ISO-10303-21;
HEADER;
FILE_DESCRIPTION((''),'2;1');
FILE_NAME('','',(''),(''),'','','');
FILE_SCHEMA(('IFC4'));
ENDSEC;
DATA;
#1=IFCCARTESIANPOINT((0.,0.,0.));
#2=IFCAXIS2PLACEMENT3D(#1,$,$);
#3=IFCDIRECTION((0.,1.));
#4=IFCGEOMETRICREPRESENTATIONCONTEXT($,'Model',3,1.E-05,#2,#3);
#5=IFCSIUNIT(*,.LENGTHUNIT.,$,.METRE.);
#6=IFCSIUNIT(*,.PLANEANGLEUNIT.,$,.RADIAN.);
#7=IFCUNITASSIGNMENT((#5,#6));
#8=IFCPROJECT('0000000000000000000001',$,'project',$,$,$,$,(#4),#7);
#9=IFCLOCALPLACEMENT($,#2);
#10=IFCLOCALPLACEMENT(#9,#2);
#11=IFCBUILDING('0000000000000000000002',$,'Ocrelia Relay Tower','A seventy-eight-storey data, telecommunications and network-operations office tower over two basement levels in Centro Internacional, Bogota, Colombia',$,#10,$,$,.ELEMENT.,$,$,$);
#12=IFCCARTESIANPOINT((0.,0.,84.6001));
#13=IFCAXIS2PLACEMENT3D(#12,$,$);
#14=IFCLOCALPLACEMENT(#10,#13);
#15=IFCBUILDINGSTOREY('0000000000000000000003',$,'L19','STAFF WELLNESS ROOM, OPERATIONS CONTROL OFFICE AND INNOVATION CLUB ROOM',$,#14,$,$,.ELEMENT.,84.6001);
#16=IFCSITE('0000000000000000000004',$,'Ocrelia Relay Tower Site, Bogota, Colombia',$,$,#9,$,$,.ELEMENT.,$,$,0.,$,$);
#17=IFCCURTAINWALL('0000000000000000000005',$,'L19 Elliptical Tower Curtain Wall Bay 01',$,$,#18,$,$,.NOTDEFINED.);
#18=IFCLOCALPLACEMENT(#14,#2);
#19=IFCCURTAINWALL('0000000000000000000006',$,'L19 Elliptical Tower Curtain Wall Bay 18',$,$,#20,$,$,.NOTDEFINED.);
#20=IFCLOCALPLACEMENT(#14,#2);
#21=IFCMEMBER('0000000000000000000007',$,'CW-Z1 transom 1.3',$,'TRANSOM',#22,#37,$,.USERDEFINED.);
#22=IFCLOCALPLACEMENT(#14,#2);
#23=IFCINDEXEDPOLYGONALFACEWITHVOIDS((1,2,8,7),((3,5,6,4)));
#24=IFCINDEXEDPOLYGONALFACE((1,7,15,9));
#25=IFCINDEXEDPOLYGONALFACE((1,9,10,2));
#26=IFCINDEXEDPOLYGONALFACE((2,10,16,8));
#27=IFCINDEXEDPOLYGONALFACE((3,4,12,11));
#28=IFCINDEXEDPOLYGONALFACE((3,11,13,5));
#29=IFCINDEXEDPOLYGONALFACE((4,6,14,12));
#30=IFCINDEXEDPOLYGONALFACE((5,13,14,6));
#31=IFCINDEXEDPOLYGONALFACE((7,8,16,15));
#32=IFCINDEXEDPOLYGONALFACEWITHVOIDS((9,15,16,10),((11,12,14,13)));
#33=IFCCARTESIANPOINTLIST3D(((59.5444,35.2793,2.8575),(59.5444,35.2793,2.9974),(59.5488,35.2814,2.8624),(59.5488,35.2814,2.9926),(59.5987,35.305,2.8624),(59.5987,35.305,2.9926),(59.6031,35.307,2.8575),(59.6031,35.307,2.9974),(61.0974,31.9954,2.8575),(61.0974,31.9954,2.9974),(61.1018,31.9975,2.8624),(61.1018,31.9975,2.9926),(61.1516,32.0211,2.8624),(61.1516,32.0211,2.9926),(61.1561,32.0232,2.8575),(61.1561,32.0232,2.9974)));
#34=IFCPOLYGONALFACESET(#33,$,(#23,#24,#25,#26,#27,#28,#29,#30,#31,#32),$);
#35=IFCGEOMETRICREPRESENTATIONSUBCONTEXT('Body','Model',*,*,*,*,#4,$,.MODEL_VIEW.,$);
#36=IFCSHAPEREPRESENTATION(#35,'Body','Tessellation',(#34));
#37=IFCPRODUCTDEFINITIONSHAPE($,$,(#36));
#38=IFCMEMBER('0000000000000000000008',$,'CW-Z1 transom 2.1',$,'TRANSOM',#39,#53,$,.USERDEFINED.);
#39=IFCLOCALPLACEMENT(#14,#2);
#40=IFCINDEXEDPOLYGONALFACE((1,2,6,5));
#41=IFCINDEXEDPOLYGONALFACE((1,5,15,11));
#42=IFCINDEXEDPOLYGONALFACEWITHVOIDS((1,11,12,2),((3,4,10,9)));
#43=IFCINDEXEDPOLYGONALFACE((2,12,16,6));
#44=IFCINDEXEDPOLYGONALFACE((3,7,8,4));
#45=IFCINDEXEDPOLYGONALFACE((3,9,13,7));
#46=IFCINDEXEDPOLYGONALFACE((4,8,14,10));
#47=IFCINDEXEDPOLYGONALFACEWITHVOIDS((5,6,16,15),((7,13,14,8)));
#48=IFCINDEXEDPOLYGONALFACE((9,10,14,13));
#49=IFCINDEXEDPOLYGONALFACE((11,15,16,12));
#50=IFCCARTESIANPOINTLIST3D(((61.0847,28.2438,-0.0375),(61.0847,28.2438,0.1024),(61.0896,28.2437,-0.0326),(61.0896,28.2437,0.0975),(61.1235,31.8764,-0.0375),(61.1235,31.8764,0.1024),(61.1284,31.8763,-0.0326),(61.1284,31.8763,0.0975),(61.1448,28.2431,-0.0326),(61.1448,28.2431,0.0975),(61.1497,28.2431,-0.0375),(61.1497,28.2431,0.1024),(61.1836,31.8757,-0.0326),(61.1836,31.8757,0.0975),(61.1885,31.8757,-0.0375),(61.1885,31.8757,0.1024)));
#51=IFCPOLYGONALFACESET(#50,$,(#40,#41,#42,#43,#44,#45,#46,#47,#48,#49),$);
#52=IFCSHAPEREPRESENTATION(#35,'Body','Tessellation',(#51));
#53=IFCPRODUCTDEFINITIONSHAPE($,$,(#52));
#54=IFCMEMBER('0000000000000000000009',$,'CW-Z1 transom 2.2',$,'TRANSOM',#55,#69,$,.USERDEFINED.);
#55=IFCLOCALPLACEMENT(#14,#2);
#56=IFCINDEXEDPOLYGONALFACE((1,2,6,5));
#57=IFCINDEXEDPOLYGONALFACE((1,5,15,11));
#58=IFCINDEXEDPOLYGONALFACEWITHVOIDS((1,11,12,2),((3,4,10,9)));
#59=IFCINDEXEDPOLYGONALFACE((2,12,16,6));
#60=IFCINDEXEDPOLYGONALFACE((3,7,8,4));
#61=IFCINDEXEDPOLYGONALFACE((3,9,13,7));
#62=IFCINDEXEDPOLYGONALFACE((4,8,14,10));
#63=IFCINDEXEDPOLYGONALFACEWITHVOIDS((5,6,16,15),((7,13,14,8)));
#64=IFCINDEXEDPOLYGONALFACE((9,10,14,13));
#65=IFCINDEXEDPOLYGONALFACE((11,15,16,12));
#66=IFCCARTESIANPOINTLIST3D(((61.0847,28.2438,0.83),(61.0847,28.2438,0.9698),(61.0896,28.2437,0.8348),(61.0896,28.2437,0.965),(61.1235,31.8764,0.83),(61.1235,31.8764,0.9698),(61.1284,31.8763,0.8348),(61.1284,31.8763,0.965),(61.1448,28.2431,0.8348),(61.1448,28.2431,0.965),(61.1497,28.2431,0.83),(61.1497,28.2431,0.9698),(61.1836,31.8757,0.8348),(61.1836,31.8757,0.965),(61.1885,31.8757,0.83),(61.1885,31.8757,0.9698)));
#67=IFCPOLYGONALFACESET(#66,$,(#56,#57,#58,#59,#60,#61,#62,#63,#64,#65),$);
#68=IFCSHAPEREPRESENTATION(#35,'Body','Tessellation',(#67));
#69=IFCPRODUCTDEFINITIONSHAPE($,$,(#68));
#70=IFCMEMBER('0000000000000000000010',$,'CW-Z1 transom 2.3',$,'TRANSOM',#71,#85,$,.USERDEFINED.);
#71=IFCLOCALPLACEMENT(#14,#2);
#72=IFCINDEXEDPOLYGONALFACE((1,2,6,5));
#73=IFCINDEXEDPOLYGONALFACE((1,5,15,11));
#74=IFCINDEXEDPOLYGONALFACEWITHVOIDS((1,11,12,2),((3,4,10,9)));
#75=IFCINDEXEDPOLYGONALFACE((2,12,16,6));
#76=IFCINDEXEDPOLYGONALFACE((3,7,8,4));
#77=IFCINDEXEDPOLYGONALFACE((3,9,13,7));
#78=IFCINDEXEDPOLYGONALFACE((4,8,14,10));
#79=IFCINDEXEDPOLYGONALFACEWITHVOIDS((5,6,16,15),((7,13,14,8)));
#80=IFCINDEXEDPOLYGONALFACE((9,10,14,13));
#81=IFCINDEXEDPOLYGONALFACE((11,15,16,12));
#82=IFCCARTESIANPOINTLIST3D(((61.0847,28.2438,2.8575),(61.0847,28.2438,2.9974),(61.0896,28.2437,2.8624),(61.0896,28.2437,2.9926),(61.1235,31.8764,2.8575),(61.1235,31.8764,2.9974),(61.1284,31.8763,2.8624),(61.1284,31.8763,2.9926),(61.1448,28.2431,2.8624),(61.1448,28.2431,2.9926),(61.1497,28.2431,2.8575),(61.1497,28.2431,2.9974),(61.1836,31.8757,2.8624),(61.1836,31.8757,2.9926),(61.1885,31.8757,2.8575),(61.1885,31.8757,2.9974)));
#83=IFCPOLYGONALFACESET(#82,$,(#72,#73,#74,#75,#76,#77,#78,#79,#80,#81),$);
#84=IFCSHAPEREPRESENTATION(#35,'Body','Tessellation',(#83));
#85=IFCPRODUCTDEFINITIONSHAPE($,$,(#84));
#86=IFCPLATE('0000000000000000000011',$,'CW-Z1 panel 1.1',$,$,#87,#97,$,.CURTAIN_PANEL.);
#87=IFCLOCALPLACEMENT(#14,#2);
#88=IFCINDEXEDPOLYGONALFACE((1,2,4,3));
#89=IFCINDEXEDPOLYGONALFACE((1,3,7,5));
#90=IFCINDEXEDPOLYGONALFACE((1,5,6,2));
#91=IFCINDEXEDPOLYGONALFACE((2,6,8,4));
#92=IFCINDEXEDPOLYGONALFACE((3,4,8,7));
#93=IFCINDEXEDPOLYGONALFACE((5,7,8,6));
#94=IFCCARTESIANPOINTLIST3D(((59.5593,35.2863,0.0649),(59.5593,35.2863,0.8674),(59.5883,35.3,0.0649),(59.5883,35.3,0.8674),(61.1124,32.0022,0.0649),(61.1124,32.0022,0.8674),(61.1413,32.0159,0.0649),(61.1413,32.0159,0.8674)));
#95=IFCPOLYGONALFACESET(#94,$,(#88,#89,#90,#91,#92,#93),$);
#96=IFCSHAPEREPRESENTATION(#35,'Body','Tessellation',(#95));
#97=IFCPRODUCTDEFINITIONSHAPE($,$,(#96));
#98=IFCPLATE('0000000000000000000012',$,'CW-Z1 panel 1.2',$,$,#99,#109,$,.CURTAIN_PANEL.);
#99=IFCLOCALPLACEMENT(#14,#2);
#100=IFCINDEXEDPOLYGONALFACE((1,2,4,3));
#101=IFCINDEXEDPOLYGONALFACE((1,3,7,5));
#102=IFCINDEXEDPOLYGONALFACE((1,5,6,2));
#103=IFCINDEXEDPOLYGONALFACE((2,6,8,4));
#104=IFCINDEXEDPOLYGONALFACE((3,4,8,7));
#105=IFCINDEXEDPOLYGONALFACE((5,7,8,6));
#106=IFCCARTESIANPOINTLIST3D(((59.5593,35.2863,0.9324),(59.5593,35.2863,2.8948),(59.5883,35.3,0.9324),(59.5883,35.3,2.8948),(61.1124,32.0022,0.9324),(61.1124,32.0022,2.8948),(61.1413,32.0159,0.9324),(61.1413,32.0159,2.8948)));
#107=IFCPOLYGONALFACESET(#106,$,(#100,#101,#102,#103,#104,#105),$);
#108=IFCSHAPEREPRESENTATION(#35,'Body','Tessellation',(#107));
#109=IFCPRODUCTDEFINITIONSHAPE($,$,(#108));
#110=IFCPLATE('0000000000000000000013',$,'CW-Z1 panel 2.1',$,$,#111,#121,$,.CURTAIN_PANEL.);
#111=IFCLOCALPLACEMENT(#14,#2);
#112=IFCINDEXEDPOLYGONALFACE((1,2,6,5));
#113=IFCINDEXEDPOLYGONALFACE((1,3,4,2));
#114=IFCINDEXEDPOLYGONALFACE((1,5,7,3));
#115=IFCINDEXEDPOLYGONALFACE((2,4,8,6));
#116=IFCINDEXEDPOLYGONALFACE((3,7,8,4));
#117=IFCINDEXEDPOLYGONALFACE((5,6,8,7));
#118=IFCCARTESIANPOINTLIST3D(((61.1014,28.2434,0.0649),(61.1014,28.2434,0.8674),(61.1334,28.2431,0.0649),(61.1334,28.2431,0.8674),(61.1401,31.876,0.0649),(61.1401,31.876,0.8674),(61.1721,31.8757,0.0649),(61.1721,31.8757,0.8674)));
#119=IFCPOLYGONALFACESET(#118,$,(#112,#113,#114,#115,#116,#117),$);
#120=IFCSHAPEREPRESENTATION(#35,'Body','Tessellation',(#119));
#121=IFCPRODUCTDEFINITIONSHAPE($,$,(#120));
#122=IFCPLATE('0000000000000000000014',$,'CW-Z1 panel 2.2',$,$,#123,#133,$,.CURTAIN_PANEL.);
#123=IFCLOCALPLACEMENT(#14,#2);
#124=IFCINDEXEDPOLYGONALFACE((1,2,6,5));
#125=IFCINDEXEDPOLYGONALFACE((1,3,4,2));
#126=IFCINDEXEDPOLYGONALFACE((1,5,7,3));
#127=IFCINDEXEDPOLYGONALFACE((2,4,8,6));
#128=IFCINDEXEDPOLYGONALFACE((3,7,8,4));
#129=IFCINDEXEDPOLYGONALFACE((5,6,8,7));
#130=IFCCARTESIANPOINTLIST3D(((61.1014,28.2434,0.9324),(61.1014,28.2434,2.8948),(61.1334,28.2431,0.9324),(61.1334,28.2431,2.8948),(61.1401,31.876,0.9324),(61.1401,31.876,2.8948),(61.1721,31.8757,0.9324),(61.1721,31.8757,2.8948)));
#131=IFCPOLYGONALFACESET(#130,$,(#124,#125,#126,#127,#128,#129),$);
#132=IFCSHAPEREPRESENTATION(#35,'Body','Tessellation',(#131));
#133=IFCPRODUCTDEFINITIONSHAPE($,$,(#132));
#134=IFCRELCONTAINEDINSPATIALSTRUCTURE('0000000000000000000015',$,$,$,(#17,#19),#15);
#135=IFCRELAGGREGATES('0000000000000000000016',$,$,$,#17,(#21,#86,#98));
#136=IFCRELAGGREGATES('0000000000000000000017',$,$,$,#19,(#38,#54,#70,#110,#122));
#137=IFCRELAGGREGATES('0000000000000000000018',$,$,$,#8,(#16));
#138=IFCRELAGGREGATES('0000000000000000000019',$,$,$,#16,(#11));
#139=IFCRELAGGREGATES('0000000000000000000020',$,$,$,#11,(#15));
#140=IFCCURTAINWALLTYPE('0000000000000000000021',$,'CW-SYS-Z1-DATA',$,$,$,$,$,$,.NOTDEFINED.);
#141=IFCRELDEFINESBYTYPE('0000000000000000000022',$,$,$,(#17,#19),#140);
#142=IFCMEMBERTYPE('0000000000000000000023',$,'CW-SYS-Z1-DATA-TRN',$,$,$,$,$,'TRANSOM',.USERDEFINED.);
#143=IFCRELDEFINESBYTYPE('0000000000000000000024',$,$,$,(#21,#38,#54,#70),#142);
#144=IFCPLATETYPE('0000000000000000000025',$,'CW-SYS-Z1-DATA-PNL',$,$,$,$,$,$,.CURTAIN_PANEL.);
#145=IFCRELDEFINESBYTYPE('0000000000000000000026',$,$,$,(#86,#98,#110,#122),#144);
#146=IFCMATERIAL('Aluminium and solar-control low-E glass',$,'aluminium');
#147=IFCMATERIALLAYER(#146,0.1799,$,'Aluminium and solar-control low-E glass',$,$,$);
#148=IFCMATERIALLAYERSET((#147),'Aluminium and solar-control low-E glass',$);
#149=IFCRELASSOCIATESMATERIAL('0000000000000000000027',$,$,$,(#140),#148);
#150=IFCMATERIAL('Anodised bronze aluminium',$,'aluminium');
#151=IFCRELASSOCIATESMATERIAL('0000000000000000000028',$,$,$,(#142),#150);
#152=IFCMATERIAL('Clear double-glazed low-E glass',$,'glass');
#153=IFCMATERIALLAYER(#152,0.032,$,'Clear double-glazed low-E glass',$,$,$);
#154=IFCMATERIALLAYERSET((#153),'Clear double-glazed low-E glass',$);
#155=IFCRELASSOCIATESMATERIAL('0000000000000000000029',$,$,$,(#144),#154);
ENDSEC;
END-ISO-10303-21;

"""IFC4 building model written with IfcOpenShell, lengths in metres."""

from ifc_helpers import new_model, si_unit, direction, frame, origin, origin_2d, place, context, subcontext, project, spatial, rectangle, hollow_rectangle, extrude, material, layer, layer_set, material_profile, profile_set, type_object, element, aggregate, save


model = new_model("IFC4")

# Units and contexts
model_context = context("Model", 3, precision=1e-05, world=origin(), true_north=direction((0.0, 1.0)))
body_context = subcontext(model_context, "Body", "Model", "MODEL_VIEW")
ifc_project = project(units=[si_unit("LENGTHUNIT", "METRE"), si_unit("PLANEANGLEUNIT", "RADIAN")], contexts=[model_context])

# Site, building, storey
site_placement = place(None, origin())
site = spatial("IfcSite", under=ifc_project, at=site_placement, Name="Ocrelia Relay Tower Site, Bogota, Colombia", CompositionType="ELEMENT", RefElevation=0.0)
building_placement = place(site_placement, origin())
building = spatial("IfcBuilding", under=site, at=building_placement, Name="Ocrelia Relay Tower", Description="A seventy-eight-storey data, telecommunications and network-operations office tower over two basement levels in Centro Internacional, Bogota, Colombia", CompositionType="ELEMENT")
storey_placement = place(building_placement, frame((0.0, 0.0, 84.6001)))
storey = spatial("IfcBuildingStorey", under=building, at=storey_placement, Name="L19", Description="STAFF WELLNESS ROOM, OPERATIONS CONTROL OFFICE AND INNOVATION CLUB ROOM", CompositionType="ELEMENT", Elevation=84.6001)

# Curtain wall
ifc_material_1 = material(Name="Aluminium and solar-control low-E glass", Category="aluminium")
ifc_layer_1 = layer(ifc_material_1, 0.1799, Name="Aluminium and solar-control low-E glass")
ifc_layer_set_1 = layer_set([ifc_layer_1], Name="Aluminium and solar-control low-E glass")
curtain_wall_type = type_object("IfcCurtainWallType", Name="CW-SYS-Z1-DATA", PredefinedType="NOTDEFINED", material=ifc_layer_set_1)
curtain_wall_1_placement = place(storey_placement, origin())
curtain_wall_1 = element("IfcCurtainWall", 1, at=curtain_wall_1_placement, inside=storey, type_object=curtain_wall_type, Name="L19 Elliptical Tower Curtain Wall Bay 01", PredefinedType="NOTDEFINED")
ifc_material_2 = material(Name="Anodised bronze aluminium", Category="aluminium")

# Curtain wall
curtain_wall_2_placement = place(storey_placement, origin())
curtain_wall_2 = element("IfcCurtainWall", 2, at=curtain_wall_2_placement, inside=storey, type_object=curtain_wall_type, Name="L19 Elliptical Tower Curtain Wall Bay 18", PredefinedType="NOTDEFINED")

# Members
ifc_material_profile_1 = material_profile(ifc_material_2, hollow_rectangle(XDim=0.0649, YDim=0.1399, WallThickness=0.0049, at=origin_2d()), Name="CW-TRN-140x65")
ifc_profile_set_1 = profile_set([ifc_material_profile_1], Name="Anodised bronze aluminium")
member_type_1 = type_object("IfcMemberType", Name="CW-SYS-Z1-DATA-TRN", ElementType="TRANSOM", PredefinedType="USERDEFINED", material=ifc_profile_set_1)
member_1_placement = place(storey_placement, frame((61.1267, 32.0093, 2.9275), z_axis=(-0.427508, 0.904011, 0.0), x_axis=(-0.904011, -0.427508, 0.0)))
member_1 = element("IfcMember", 3, at=member_1_placement, type_object=member_type_1, Name="CW-Z1 transom 1.3", ObjectType="TRANSOM", PredefinedType="USERDEFINED", context=body_context, shape_type="SweptSolid", body=[
    extrude(hollow_rectangle(XDim=0.0649, YDim=0.1399, WallThickness=0.0049, at=origin_2d()), origin(), (0.0, 0.0, 1.0), 3.6326),
])
member_2_placement = place(storey_placement, frame((61.1172, 28.2434, 0.0325), z_axis=(0.010686, 0.999943, 0.0), x_axis=(-0.999943, 0.010686, 0.0)))
member_2 = element("IfcMember", 4, at=member_2_placement, type_object=member_type_1, Name="CW-Z1 transom 2.1", ObjectType="TRANSOM", PredefinedType="USERDEFINED", context=body_context, shape_type="SweptSolid", body=[
    extrude(hollow_rectangle(XDim=0.0649, YDim=0.1399, WallThickness=0.0049, at=origin_2d()), origin(), (0.0, 0.0, 1.0), 3.6328),
])
member_3_placement = place(storey_placement, frame((61.1172, 28.2434, 0.8999), z_axis=(0.010686, 0.999943, 0.0), x_axis=(-0.999943, 0.010686, 0.0)))
member_3 = element("IfcMember", 5, at=member_3_placement, type_object=member_type_1, Name="CW-Z1 transom 2.2", ObjectType="TRANSOM", PredefinedType="USERDEFINED", context=body_context, shape_type="SweptSolid", body=[
    extrude(hollow_rectangle(XDim=0.0649, YDim=0.1399, WallThickness=0.0049, at=origin_2d()), origin(), (0.0, 0.0, 1.0), 3.6328),
])
member_4_placement = place(storey_placement, frame((61.1172, 28.2434, 2.9275), z_axis=(0.010686, 0.999943, 0.0), x_axis=(-0.999943, 0.010686, 0.0)))
member_4 = element("IfcMember", 6, at=member_4_placement, type_object=member_type_1, Name="CW-Z1 transom 2.3", ObjectType="TRANSOM", PredefinedType="USERDEFINED", context=body_context, shape_type="SweptSolid", body=[
    extrude(hollow_rectangle(XDim=0.0649, YDim=0.1399, WallThickness=0.0049, at=origin_2d()), origin(), (0.0, 0.0, 1.0), 3.6328),
])

# Plates
ifc_material_3 = material(Name="Clear double-glazed low-E glass", Category="glass")
ifc_layer_2 = layer(ifc_material_3, 0.032, Name="Clear double-glazed low-E glass")
ifc_layer_set_2 = layer_set([ifc_layer_2], Name="Clear double-glazed low-E glass")
plate_type = type_object("IfcPlateType", Name="CW-SYS-Z1-DATA-PNL", PredefinedType="CURTAIN_PANEL", material=ifc_layer_set_2)
plate_1_placement = place(storey_placement, frame((60.3503, 33.6511, 0.0649), z_axis=(0.0, 0.0, 1.0), x_axis=(-0.427517, 0.904007, 0.0)))
plate_1 = element("IfcPlate", 7, at=plate_1_placement, type_object=plate_type, Name="CW-Z1 panel 1.1", PredefinedType="CURTAIN_PANEL", context=body_context, shape_type="SweptSolid", body=[
    extrude(rectangle(XDim=3.6328, YDim=0.032, at=origin_2d()), origin(), (0.0, 0.0, 1.0), 0.8025),
])
plate_2_placement = place(storey_placement, frame((60.3503, 33.6511, 0.9324), z_axis=(0.0, 0.0, 1.0), x_axis=(-0.427517, 0.904007, 0.0)))
plate_2 = element("IfcPlate", 8, at=plate_2_placement, type_object=plate_type, Name="CW-Z1 panel 1.2", PredefinedType="CURTAIN_PANEL", context=body_context, shape_type="SweptSolid", body=[
    extrude(rectangle(XDim=3.6328, YDim=0.032, at=origin_2d()), origin(), (0.0, 0.0, 1.0), 1.9624),
])
aggregate(curtain_wall_1, [member_1, plate_1, plate_2])
plate_3_placement = place(storey_placement, frame((61.1367, 30.0596, 0.0649), z_axis=(0.0, 0.0, 1.0), x_axis=(0.010648, 0.999943, 0.0)))
plate_3 = element("IfcPlate", 9, at=plate_3_placement, type_object=plate_type, Name="CW-Z1 panel 2.1", PredefinedType="CURTAIN_PANEL", context=body_context, shape_type="SweptSolid", body=[
    extrude(rectangle(XDim=3.6328, YDim=0.032, at=origin_2d()), origin(), (0.0, 0.0, 1.0), 0.8025),
])
plate_4_placement = place(storey_placement, frame((61.1367, 30.0596, 0.9324), z_axis=(0.0, 0.0, 1.0), x_axis=(0.010648, 0.999943, 0.0)))
plate_4 = element("IfcPlate", 10, at=plate_4_placement, type_object=plate_type, Name="CW-Z1 panel 2.2", PredefinedType="CURTAIN_PANEL", context=body_context, shape_type="SweptSolid", body=[
    extrude(rectangle(XDim=3.6328, YDim=0.032, at=origin_2d()), origin(), (0.0, 0.0, 1.0), 1.9624),
])
aggregate(curtain_wall_2, [member_2, member_3, member_4, plate_3, plate_4])

save(model, "model.ifc")
